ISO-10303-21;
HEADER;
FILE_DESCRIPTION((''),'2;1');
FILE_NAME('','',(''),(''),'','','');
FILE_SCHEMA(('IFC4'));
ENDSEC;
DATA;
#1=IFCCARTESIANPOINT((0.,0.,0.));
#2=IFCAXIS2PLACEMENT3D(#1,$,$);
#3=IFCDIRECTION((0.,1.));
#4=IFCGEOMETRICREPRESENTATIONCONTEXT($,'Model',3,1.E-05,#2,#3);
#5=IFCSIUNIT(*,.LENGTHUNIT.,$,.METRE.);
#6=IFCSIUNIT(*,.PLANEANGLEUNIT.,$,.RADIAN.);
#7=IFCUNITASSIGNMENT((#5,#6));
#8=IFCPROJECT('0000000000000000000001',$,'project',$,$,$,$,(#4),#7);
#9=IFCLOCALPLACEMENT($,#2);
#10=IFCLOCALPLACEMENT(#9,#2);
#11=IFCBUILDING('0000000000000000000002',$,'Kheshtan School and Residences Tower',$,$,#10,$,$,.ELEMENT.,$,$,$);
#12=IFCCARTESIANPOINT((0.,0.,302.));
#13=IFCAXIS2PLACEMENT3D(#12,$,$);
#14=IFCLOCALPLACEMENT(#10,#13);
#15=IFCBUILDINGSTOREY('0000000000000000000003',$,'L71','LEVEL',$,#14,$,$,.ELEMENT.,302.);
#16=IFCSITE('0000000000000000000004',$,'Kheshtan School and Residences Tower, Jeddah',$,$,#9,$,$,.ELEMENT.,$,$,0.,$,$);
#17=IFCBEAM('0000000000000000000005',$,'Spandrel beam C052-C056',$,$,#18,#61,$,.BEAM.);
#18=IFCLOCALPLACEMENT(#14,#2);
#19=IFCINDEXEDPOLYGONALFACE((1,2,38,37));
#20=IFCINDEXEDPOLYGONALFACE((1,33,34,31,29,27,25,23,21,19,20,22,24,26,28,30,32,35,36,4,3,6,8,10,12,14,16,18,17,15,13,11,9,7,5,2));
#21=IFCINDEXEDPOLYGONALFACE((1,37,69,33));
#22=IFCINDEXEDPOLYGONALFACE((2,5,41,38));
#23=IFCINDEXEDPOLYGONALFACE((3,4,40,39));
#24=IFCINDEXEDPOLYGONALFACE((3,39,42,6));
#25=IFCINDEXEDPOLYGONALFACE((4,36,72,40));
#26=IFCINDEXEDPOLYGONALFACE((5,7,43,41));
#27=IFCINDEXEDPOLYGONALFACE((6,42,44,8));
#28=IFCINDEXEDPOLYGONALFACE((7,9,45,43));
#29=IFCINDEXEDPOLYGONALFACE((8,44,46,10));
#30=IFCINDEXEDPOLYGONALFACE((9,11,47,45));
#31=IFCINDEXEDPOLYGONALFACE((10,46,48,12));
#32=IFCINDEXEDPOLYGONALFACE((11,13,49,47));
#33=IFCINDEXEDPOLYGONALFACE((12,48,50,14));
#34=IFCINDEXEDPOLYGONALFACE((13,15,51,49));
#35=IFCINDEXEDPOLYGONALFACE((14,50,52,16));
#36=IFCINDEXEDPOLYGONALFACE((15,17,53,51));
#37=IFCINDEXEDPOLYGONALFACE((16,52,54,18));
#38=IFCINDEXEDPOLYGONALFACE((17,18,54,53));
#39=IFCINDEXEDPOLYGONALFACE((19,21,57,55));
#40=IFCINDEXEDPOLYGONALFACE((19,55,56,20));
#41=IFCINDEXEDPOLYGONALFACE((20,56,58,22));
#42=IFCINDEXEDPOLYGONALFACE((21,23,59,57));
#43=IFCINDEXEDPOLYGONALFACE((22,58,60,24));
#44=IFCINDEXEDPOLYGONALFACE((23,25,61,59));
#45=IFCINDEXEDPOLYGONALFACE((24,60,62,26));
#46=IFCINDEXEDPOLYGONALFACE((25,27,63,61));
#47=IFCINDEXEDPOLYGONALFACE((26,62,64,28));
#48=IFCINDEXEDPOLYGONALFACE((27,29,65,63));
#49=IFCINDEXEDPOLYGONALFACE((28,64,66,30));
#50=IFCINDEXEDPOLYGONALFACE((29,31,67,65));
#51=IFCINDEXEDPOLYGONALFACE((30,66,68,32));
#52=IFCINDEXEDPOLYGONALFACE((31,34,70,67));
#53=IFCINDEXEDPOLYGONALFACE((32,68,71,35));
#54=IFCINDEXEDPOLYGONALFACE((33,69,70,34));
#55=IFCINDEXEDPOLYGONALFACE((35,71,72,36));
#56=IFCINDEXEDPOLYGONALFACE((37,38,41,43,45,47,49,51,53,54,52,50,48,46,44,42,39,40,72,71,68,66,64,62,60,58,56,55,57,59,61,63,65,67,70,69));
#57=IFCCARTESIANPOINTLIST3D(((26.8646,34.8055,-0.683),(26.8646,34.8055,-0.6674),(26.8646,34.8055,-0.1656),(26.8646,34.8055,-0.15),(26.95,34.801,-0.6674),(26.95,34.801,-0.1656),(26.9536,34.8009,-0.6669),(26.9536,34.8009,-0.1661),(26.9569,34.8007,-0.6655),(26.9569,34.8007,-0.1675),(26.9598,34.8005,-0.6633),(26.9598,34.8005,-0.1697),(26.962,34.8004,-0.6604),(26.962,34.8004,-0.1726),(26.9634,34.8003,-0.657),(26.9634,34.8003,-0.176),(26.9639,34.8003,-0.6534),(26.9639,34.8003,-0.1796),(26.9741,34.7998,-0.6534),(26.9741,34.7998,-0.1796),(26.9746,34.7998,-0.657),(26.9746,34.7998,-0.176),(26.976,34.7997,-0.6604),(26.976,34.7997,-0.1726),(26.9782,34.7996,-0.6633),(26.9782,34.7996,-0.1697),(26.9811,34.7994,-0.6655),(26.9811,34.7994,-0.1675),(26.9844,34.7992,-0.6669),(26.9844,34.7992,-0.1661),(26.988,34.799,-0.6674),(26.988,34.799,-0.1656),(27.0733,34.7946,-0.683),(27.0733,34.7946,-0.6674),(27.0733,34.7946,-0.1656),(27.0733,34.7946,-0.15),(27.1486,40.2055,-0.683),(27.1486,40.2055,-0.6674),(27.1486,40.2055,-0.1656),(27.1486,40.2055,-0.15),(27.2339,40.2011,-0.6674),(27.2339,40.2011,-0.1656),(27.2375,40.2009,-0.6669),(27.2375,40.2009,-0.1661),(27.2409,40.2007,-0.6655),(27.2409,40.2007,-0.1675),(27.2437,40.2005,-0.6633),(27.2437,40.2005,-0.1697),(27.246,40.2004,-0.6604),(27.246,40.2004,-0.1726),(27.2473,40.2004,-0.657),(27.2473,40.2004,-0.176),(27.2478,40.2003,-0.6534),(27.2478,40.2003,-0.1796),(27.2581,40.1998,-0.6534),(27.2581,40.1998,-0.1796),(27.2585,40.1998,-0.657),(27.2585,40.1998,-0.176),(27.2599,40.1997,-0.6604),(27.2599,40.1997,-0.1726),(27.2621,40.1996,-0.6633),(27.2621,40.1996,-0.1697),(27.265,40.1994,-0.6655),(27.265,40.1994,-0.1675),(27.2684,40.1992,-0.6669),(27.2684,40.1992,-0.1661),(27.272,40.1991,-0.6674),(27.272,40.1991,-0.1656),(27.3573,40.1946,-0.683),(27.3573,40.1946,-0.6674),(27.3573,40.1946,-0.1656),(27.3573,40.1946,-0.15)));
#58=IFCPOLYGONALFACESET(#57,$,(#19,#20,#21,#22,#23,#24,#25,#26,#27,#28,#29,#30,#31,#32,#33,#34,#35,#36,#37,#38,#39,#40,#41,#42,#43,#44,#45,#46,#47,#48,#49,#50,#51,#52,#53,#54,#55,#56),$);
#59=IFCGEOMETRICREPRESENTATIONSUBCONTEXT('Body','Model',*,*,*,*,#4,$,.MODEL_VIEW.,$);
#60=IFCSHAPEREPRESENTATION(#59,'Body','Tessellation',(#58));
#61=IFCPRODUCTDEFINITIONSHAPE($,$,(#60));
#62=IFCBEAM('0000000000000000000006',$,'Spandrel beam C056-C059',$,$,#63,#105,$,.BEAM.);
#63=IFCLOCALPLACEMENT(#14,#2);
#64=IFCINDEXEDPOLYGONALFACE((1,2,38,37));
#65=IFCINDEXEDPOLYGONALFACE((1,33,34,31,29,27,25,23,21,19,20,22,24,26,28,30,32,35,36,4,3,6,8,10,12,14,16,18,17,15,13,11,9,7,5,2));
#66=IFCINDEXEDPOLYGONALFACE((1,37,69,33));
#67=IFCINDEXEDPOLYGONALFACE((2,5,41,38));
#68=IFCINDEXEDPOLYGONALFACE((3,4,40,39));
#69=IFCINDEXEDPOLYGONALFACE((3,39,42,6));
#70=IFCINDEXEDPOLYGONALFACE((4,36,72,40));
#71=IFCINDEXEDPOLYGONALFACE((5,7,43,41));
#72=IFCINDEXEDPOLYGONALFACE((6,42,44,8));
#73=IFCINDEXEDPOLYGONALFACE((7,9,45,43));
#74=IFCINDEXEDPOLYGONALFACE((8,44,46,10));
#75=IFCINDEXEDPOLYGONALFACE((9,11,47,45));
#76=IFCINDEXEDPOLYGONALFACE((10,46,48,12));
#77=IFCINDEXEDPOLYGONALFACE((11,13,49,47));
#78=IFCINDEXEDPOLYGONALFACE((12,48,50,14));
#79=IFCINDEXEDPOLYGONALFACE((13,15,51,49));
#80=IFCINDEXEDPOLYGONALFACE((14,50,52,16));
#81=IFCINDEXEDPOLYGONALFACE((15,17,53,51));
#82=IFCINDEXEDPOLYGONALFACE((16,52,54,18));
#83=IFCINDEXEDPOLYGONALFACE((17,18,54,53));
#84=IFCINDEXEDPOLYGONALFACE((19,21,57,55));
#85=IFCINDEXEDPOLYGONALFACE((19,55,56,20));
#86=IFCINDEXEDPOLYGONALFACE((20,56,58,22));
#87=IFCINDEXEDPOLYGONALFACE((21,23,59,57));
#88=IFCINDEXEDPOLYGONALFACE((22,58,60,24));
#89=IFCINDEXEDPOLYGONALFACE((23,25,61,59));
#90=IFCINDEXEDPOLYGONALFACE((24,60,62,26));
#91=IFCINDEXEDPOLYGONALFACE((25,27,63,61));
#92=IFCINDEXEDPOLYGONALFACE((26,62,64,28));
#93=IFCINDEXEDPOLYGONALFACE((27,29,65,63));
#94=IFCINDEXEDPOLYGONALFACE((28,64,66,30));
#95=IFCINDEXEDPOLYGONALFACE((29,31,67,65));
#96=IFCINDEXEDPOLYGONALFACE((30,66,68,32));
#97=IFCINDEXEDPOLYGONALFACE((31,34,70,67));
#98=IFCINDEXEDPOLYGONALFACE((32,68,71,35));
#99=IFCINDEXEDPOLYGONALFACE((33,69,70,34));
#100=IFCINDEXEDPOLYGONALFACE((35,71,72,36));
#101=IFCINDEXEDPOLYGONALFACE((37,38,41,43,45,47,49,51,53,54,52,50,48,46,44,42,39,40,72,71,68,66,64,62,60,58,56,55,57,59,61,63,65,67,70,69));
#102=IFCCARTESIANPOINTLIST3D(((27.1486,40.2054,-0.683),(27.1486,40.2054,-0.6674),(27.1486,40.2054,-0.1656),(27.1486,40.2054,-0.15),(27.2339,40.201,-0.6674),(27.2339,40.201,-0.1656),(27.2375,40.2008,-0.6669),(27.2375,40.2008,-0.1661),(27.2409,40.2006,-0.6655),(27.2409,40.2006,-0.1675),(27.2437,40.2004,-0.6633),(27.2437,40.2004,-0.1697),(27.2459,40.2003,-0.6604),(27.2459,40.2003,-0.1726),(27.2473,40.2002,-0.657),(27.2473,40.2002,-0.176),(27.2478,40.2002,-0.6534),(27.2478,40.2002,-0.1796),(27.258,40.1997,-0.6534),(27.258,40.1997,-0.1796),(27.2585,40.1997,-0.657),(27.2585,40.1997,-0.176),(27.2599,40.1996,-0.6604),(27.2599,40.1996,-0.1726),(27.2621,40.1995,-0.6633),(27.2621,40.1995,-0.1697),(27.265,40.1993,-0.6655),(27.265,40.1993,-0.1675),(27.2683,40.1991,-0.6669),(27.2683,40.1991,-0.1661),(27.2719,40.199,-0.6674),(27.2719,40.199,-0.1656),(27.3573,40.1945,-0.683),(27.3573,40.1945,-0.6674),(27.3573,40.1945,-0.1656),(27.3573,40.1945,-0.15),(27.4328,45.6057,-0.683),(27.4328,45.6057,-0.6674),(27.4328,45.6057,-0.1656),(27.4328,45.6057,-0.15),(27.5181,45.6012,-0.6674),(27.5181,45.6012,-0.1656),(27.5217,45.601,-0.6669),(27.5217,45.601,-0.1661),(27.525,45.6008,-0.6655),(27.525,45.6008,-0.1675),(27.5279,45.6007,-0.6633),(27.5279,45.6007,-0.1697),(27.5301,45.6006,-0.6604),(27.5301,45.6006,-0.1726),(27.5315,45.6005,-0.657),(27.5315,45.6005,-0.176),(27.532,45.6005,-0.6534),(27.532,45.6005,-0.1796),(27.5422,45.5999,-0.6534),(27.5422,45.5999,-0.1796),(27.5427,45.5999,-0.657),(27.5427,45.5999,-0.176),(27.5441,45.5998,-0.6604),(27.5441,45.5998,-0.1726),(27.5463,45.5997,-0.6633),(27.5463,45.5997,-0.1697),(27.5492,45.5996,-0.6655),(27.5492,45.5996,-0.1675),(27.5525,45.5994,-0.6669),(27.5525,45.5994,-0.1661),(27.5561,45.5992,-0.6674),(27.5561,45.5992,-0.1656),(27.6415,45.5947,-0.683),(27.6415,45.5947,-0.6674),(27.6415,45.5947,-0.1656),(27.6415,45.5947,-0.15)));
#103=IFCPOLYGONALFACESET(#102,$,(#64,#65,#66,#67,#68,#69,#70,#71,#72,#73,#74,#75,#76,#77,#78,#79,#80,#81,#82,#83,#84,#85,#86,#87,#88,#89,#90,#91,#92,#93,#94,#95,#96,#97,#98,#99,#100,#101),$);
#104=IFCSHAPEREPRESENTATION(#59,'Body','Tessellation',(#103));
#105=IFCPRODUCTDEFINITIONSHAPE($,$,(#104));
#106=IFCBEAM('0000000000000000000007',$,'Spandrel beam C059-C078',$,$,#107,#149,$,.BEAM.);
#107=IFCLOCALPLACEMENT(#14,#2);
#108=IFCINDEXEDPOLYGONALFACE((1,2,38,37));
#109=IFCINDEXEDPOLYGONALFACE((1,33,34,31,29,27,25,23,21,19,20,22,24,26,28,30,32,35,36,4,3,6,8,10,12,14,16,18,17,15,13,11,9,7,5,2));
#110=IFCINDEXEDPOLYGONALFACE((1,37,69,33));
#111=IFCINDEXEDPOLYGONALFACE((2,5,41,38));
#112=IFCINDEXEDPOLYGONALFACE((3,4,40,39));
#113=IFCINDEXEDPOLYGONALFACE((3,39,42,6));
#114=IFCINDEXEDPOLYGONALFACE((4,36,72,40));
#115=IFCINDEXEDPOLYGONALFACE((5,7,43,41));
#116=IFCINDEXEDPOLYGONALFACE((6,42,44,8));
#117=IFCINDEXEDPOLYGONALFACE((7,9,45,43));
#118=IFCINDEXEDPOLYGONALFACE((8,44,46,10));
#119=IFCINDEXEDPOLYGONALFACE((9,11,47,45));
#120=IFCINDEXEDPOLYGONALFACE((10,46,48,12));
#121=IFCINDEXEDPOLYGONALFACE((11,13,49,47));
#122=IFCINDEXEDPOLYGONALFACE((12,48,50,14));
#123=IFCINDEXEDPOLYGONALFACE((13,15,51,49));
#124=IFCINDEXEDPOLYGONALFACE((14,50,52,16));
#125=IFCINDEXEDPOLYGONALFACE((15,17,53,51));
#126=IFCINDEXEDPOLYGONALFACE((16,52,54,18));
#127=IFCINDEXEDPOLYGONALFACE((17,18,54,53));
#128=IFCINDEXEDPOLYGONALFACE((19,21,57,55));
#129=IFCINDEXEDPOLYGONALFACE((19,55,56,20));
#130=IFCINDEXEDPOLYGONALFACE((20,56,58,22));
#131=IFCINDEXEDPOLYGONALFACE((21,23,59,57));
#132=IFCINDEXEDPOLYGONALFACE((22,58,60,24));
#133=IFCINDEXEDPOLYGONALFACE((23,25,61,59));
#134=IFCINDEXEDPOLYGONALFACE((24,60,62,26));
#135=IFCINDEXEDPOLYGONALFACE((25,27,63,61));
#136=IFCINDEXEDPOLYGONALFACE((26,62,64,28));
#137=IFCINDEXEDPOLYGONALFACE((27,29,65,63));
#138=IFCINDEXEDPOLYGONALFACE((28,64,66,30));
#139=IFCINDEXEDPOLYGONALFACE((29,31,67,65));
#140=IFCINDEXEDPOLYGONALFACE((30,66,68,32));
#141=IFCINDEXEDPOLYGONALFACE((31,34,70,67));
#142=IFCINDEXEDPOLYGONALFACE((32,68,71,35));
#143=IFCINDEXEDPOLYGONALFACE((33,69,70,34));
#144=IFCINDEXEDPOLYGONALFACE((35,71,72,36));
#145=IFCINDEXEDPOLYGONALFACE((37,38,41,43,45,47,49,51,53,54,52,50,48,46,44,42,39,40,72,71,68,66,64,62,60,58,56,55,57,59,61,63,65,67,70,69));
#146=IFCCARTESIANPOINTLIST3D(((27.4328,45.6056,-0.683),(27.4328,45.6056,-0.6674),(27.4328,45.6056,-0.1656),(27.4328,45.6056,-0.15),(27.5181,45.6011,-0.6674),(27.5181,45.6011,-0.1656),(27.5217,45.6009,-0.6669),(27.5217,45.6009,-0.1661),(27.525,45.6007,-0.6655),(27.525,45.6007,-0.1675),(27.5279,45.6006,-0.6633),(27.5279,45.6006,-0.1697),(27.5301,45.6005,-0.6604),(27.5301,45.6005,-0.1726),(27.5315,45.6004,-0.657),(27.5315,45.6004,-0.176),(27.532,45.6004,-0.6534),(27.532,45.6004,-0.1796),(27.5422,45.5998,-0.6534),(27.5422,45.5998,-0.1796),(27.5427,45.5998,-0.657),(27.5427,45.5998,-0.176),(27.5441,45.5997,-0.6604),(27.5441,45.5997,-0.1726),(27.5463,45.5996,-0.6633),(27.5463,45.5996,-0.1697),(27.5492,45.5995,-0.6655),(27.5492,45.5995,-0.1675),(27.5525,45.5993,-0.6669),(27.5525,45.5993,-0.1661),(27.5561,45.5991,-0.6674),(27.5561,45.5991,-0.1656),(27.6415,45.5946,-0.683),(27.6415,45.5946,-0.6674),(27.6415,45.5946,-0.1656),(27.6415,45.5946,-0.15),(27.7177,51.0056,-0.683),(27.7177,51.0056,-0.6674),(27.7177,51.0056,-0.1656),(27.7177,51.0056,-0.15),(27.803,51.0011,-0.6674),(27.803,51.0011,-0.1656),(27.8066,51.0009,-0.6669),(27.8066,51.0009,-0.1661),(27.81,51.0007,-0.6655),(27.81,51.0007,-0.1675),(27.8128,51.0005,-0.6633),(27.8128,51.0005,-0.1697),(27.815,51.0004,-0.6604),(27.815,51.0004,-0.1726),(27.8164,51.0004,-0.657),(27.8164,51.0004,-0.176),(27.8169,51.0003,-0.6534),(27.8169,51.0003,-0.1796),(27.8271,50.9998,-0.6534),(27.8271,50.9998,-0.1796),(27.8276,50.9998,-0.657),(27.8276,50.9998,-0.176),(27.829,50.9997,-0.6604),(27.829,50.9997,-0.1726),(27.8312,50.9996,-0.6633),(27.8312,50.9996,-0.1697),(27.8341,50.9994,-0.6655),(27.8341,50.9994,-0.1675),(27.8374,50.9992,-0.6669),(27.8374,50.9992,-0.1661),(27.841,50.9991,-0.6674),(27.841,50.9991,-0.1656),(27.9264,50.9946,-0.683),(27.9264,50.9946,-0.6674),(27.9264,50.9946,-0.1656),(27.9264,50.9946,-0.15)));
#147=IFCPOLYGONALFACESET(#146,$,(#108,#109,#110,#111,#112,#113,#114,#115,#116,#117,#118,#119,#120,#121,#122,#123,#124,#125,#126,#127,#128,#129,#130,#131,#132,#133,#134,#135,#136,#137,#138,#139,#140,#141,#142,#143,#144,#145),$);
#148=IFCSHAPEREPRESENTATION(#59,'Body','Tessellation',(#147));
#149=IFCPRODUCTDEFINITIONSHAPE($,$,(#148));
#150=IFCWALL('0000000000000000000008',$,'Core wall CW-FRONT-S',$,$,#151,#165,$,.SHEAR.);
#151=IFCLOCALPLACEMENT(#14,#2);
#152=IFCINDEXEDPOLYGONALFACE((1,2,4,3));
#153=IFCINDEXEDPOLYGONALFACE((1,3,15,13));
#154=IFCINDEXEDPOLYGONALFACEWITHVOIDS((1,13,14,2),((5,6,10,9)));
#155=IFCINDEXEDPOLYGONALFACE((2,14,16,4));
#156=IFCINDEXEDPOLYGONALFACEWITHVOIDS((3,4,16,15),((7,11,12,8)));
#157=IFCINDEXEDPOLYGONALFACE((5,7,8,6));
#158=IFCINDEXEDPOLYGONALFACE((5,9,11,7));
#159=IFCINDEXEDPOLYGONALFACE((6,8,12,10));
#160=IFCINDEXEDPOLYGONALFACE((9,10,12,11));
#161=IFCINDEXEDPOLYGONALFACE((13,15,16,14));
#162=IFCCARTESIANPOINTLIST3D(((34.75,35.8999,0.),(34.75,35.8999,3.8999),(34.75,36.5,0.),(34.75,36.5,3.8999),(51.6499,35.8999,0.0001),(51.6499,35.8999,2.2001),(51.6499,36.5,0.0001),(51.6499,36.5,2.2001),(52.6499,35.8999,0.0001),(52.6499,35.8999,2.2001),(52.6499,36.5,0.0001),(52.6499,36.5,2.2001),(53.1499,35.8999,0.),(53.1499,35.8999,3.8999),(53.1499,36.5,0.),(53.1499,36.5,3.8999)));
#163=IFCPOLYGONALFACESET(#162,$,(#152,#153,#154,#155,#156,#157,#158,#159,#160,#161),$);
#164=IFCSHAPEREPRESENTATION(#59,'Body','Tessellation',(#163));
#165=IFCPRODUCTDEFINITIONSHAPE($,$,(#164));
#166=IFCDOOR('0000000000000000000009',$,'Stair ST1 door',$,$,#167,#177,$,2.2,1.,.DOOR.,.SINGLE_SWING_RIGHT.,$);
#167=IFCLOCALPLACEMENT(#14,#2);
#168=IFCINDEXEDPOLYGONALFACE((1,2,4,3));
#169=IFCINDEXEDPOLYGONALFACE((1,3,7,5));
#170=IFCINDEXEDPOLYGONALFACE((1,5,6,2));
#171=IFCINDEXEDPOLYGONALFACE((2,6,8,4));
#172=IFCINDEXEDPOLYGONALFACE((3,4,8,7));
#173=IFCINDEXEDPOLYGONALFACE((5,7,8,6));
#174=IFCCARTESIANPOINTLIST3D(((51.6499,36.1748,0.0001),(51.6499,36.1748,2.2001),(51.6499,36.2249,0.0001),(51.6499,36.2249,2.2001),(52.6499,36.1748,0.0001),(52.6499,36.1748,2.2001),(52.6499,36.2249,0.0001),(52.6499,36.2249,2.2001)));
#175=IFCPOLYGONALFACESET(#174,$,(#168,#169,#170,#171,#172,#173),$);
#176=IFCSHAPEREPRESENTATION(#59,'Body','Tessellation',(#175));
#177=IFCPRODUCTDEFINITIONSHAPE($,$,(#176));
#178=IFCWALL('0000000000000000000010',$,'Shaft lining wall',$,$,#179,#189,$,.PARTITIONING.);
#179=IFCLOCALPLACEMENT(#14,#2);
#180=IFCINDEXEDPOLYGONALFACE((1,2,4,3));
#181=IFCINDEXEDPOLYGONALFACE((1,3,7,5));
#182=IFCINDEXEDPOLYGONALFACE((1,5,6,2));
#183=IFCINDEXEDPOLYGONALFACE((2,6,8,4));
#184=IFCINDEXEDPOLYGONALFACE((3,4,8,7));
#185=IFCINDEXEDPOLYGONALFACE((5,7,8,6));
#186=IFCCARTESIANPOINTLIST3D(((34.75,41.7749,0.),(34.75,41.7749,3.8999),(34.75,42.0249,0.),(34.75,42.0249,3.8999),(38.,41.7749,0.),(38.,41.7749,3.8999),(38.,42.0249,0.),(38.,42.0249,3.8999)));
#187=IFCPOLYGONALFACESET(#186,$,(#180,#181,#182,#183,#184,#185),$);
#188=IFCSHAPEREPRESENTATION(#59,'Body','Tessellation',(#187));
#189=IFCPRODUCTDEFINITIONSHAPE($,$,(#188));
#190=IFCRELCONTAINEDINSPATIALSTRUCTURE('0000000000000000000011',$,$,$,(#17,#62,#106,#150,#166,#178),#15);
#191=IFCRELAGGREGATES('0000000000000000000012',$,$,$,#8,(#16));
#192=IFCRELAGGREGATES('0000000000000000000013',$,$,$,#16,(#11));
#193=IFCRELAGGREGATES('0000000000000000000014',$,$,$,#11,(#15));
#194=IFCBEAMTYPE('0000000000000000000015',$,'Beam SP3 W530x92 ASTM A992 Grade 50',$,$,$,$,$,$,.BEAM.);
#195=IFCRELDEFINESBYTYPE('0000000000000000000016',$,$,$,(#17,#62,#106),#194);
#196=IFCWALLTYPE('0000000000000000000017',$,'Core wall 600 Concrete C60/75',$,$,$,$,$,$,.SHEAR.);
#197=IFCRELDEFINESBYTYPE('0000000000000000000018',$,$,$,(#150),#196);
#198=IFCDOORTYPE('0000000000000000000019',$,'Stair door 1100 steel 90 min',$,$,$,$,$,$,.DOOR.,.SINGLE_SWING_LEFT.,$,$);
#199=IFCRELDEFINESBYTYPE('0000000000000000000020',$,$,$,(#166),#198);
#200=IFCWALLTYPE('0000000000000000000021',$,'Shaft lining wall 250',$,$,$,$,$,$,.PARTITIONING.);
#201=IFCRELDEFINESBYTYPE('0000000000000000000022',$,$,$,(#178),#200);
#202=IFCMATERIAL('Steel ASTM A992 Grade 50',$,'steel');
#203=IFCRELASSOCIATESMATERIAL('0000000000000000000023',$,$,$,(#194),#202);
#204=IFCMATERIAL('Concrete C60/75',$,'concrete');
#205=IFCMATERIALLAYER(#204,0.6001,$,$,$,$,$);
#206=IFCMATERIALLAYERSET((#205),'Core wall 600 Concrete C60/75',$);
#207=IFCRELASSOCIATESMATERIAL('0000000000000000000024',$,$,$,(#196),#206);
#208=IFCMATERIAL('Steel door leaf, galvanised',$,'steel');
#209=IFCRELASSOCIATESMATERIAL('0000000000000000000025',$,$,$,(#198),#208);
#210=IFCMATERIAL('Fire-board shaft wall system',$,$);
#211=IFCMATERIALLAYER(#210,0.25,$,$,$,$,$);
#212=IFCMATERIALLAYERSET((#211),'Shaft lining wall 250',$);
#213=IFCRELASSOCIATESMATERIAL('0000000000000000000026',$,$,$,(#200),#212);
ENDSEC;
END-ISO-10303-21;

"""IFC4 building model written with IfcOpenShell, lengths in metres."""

from ifc_helpers import new_model, si_unit, direction, frame, frame_2d, origin, origin_2d, place, context, subcontext, project, spatial, rectangle, i_section, extrude, source, transform, mapped, material, layer, layer_set, material_profile, profile_set, type_object, element, fill, save


model = new_model("IFC4")

# Units and contexts
model_context = context("Model", 3, precision=1e-05, world=origin(), true_north=direction((0.0, 1.0)))
body_context = subcontext(model_context, "Body", "Model", "MODEL_VIEW")
ifc_project = project(units=[si_unit("LENGTHUNIT", "METRE"), si_unit("PLANEANGLEUNIT", "RADIAN")], contexts=[model_context])

# Site, building, storey
site_placement = place(None, origin())
site = spatial("IfcSite", under=ifc_project, at=site_placement, Name="Kheshtan School and Residences Tower, Jeddah", CompositionType="ELEMENT", RefElevation=0.0)
building_placement = place(site_placement, origin())
building = spatial("IfcBuilding", under=site, at=building_placement, Name="Kheshtan School and Residences Tower", CompositionType="ELEMENT")
storey_placement = place(building_placement, frame((0.0, 0.0, 302.0)))
storey = spatial("IfcBuildingStorey", under=building, at=storey_placement, Name="L71", Description="LEVEL", CompositionType="ELEMENT", Elevation=302.0)

# Shared definitions
ifc_material_1 = material(Name="Steel ASTM A992 Grade 50", Category="steel")

# Beams
ifc_material_profile_1 = material_profile(ifc_material_1, i_section(OverallWidth=0.209, OverallDepth=0.533, WebThickness=0.0103, FlangeThickness=0.0156, FilletRadius=0.0139, at=origin_2d()), Name="W530x92")
ifc_profile_set_1 = profile_set([ifc_material_profile_1], Name="Steel ASTM A992 Grade 50")
beam_type_1 = type_object("IfcBeamType", Name="Beam SP3 W530x92 ASTM A992 Grade 50", PredefinedType="BEAM", material=ifc_profile_set_1)
beam_1_placement = place(storey_placement, frame((26.969, 34.8, -0.4165), z_axis=(0.052509, 0.99862, 0.0), x_axis=(-0.99862, 0.052509, 0.0)))
element("IfcBeam", 1, at=beam_1_placement, inside=storey, type_object=beam_type_1, Name="Spandrel beam C052-C056", PredefinedType="BEAM", context=body_context, shape_type="SweptSolid", body=[
    extrude(i_section(OverallWidth=0.209, OverallDepth=0.533, WebThickness=0.0103, FlangeThickness=0.0156, FilletRadius=0.0139, at=origin_2d()), origin(), (0.0, 0.0, 1.0), 5.4075),
])
beam_2_placement = place(storey_placement, frame((27.2529, 40.2, -0.4165), z_axis=(0.052552, 0.998618, 0.0), x_axis=(-0.998618, 0.052552, 0.0)))
element("IfcBeam", 2, at=beam_2_placement, inside=storey, type_object=beam_type_1, Name="Spandrel beam C056-C059", PredefinedType="BEAM", context=body_context, shape_type="SweptSolid", body=[
    extrude(i_section(OverallWidth=0.209, OverallDepth=0.533, WebThickness=0.0103, FlangeThickness=0.0156, FilletRadius=0.0139, at=origin_2d()), origin(), (0.0, 0.0, 1.0), 5.4077),
])
beam_3_placement = place(storey_placement, frame((27.5371, 45.6001, -0.4165), z_axis=(0.052689, 0.998611, 0.0), x_axis=(-0.998611, 0.052689, 0.0)))
element("IfcBeam", 3, at=beam_3_placement, inside=storey, type_object=beam_type_1, Name="Spandrel beam C059-C078", PredefinedType="BEAM", context=body_context, shape_type="SweptSolid", body=[
    extrude(i_section(OverallWidth=0.209, OverallDepth=0.533, WebThickness=0.0103, FlangeThickness=0.0156, FilletRadius=0.0139, at=origin_2d()), origin(), (0.0, 0.0, 1.0), 5.4075),
])

# Wall, opening, door
ifc_material_2 = material(Name="Concrete C60/75", Category="concrete")
ifc_layer_1 = layer(ifc_material_2, 0.6001)
ifc_layer_set_1 = layer_set([ifc_layer_1], Name="Core wall 600 Concrete C60/75")
wall_type_1 = type_object("IfcWallType", Name="Core wall 600 Concrete C60/75", PredefinedType="SHEAR", material=ifc_layer_set_1)
wall_1_placement = place(storey_placement, frame((34.75, 36.2, 0.0), z_axis=(0.0, 0.0, 1.0), x_axis=(1.0, 0.0, 0.0)))
wall_1 = element("IfcWall", 4, at=wall_1_placement, inside=storey, type_object=wall_type_1, Name="Core wall CW-FRONT-S", PredefinedType="SHEAR", context=body_context, shape_type="SweptSolid", body=[
    extrude(rectangle(XDim=18.3999, YDim=0.6001, at=frame_2d((9.2, 0.0))), origin(), (0.0, 0.0, 1.0), 3.8999),
])
opening_placement = place(wall_1_placement, frame((16.8999, 0.0, 0.0)))
opening = element("IfcOpeningElement", 5, at=opening_placement, cuts=wall_1, PredefinedType="OPENING", context=body_context, shape_type="SweptSolid", body=[
    extrude(rectangle(XDim=1.0, YDim=2.2, at=frame_2d((0.5, 1.1001))), frame((0.0, 0.3101, 0.0), z_axis=(0.0, -1.0, 0.0), x_axis=(1.0, 0.0, 0.0)), (0.0, 0.0, 1.0), 0.6201),
])
ifc_material_3 = material(Name="Steel door leaf, galvanised", Category="steel")
door_type = type_object("IfcDoorType", Name="Stair door 1100 steel 90 min", OperationType="SINGLE_SWING_LEFT", PredefinedType="DOOR", material=ifc_material_3)
shared_shape = source(origin(), body_context, "Body", "SweptSolid", [
    extrude(rectangle(XDim=1.0, YDim=2.2, at=frame_2d((0.5, 1.1001))), frame((0.0, 0.0249, 0.0), z_axis=(0.0, -1.0, 0.0), x_axis=(1.0, 0.0, 0.0)), (0.0, 0.0, 1.0), 0.05),
])
door_placement = place(opening_placement, origin())
door = element("IfcDoor", 6, at=door_placement, inside=storey, type_object=door_type, Name="Stair ST1 door", OperationType="SINGLE_SWING_RIGHT", OverallHeight=2.2, OverallWidth=1.0, PredefinedType="DOOR", context=body_context, shape_type="MappedRepresentation", body=[
    mapped(shared_shape, transform((0.0, 0.0, 0.0), x_axis=(1.0, 0.0, 0.0), y_axis=(0.0, 1.0, 0.0), z_axis=(0.0, 0.0, 1.0), scale=1.0)),
])
fill(opening, door)

# Wall
ifc_material_4 = material(Name="Fire-board shaft wall system")
ifc_layer_2 = layer(ifc_material_4, 0.25)
ifc_layer_set_2 = layer_set([ifc_layer_2], Name="Shaft lining wall 250")
wall_type_2 = type_object("IfcWallType", Name="Shaft lining wall 250", PredefinedType="PARTITIONING", material=ifc_layer_set_2)
wall_2_placement = place(storey_placement, frame((34.75, 41.8999, 0.0), z_axis=(0.0, 0.0, 1.0), x_axis=(1.0, 0.0, 0.0)))
element("IfcWall", 7, at=wall_2_placement, inside=storey, type_object=wall_type_2, Name="Shaft lining wall", PredefinedType="PARTITIONING", context=body_context, shape_type="SweptSolid", body=[
    extrude(rectangle(XDim=3.25, YDim=0.25, at=frame_2d((1.625, 0.0))), origin(), (0.0, 0.0, 1.0), 3.8999),
])

save(model, "model.ifc")
